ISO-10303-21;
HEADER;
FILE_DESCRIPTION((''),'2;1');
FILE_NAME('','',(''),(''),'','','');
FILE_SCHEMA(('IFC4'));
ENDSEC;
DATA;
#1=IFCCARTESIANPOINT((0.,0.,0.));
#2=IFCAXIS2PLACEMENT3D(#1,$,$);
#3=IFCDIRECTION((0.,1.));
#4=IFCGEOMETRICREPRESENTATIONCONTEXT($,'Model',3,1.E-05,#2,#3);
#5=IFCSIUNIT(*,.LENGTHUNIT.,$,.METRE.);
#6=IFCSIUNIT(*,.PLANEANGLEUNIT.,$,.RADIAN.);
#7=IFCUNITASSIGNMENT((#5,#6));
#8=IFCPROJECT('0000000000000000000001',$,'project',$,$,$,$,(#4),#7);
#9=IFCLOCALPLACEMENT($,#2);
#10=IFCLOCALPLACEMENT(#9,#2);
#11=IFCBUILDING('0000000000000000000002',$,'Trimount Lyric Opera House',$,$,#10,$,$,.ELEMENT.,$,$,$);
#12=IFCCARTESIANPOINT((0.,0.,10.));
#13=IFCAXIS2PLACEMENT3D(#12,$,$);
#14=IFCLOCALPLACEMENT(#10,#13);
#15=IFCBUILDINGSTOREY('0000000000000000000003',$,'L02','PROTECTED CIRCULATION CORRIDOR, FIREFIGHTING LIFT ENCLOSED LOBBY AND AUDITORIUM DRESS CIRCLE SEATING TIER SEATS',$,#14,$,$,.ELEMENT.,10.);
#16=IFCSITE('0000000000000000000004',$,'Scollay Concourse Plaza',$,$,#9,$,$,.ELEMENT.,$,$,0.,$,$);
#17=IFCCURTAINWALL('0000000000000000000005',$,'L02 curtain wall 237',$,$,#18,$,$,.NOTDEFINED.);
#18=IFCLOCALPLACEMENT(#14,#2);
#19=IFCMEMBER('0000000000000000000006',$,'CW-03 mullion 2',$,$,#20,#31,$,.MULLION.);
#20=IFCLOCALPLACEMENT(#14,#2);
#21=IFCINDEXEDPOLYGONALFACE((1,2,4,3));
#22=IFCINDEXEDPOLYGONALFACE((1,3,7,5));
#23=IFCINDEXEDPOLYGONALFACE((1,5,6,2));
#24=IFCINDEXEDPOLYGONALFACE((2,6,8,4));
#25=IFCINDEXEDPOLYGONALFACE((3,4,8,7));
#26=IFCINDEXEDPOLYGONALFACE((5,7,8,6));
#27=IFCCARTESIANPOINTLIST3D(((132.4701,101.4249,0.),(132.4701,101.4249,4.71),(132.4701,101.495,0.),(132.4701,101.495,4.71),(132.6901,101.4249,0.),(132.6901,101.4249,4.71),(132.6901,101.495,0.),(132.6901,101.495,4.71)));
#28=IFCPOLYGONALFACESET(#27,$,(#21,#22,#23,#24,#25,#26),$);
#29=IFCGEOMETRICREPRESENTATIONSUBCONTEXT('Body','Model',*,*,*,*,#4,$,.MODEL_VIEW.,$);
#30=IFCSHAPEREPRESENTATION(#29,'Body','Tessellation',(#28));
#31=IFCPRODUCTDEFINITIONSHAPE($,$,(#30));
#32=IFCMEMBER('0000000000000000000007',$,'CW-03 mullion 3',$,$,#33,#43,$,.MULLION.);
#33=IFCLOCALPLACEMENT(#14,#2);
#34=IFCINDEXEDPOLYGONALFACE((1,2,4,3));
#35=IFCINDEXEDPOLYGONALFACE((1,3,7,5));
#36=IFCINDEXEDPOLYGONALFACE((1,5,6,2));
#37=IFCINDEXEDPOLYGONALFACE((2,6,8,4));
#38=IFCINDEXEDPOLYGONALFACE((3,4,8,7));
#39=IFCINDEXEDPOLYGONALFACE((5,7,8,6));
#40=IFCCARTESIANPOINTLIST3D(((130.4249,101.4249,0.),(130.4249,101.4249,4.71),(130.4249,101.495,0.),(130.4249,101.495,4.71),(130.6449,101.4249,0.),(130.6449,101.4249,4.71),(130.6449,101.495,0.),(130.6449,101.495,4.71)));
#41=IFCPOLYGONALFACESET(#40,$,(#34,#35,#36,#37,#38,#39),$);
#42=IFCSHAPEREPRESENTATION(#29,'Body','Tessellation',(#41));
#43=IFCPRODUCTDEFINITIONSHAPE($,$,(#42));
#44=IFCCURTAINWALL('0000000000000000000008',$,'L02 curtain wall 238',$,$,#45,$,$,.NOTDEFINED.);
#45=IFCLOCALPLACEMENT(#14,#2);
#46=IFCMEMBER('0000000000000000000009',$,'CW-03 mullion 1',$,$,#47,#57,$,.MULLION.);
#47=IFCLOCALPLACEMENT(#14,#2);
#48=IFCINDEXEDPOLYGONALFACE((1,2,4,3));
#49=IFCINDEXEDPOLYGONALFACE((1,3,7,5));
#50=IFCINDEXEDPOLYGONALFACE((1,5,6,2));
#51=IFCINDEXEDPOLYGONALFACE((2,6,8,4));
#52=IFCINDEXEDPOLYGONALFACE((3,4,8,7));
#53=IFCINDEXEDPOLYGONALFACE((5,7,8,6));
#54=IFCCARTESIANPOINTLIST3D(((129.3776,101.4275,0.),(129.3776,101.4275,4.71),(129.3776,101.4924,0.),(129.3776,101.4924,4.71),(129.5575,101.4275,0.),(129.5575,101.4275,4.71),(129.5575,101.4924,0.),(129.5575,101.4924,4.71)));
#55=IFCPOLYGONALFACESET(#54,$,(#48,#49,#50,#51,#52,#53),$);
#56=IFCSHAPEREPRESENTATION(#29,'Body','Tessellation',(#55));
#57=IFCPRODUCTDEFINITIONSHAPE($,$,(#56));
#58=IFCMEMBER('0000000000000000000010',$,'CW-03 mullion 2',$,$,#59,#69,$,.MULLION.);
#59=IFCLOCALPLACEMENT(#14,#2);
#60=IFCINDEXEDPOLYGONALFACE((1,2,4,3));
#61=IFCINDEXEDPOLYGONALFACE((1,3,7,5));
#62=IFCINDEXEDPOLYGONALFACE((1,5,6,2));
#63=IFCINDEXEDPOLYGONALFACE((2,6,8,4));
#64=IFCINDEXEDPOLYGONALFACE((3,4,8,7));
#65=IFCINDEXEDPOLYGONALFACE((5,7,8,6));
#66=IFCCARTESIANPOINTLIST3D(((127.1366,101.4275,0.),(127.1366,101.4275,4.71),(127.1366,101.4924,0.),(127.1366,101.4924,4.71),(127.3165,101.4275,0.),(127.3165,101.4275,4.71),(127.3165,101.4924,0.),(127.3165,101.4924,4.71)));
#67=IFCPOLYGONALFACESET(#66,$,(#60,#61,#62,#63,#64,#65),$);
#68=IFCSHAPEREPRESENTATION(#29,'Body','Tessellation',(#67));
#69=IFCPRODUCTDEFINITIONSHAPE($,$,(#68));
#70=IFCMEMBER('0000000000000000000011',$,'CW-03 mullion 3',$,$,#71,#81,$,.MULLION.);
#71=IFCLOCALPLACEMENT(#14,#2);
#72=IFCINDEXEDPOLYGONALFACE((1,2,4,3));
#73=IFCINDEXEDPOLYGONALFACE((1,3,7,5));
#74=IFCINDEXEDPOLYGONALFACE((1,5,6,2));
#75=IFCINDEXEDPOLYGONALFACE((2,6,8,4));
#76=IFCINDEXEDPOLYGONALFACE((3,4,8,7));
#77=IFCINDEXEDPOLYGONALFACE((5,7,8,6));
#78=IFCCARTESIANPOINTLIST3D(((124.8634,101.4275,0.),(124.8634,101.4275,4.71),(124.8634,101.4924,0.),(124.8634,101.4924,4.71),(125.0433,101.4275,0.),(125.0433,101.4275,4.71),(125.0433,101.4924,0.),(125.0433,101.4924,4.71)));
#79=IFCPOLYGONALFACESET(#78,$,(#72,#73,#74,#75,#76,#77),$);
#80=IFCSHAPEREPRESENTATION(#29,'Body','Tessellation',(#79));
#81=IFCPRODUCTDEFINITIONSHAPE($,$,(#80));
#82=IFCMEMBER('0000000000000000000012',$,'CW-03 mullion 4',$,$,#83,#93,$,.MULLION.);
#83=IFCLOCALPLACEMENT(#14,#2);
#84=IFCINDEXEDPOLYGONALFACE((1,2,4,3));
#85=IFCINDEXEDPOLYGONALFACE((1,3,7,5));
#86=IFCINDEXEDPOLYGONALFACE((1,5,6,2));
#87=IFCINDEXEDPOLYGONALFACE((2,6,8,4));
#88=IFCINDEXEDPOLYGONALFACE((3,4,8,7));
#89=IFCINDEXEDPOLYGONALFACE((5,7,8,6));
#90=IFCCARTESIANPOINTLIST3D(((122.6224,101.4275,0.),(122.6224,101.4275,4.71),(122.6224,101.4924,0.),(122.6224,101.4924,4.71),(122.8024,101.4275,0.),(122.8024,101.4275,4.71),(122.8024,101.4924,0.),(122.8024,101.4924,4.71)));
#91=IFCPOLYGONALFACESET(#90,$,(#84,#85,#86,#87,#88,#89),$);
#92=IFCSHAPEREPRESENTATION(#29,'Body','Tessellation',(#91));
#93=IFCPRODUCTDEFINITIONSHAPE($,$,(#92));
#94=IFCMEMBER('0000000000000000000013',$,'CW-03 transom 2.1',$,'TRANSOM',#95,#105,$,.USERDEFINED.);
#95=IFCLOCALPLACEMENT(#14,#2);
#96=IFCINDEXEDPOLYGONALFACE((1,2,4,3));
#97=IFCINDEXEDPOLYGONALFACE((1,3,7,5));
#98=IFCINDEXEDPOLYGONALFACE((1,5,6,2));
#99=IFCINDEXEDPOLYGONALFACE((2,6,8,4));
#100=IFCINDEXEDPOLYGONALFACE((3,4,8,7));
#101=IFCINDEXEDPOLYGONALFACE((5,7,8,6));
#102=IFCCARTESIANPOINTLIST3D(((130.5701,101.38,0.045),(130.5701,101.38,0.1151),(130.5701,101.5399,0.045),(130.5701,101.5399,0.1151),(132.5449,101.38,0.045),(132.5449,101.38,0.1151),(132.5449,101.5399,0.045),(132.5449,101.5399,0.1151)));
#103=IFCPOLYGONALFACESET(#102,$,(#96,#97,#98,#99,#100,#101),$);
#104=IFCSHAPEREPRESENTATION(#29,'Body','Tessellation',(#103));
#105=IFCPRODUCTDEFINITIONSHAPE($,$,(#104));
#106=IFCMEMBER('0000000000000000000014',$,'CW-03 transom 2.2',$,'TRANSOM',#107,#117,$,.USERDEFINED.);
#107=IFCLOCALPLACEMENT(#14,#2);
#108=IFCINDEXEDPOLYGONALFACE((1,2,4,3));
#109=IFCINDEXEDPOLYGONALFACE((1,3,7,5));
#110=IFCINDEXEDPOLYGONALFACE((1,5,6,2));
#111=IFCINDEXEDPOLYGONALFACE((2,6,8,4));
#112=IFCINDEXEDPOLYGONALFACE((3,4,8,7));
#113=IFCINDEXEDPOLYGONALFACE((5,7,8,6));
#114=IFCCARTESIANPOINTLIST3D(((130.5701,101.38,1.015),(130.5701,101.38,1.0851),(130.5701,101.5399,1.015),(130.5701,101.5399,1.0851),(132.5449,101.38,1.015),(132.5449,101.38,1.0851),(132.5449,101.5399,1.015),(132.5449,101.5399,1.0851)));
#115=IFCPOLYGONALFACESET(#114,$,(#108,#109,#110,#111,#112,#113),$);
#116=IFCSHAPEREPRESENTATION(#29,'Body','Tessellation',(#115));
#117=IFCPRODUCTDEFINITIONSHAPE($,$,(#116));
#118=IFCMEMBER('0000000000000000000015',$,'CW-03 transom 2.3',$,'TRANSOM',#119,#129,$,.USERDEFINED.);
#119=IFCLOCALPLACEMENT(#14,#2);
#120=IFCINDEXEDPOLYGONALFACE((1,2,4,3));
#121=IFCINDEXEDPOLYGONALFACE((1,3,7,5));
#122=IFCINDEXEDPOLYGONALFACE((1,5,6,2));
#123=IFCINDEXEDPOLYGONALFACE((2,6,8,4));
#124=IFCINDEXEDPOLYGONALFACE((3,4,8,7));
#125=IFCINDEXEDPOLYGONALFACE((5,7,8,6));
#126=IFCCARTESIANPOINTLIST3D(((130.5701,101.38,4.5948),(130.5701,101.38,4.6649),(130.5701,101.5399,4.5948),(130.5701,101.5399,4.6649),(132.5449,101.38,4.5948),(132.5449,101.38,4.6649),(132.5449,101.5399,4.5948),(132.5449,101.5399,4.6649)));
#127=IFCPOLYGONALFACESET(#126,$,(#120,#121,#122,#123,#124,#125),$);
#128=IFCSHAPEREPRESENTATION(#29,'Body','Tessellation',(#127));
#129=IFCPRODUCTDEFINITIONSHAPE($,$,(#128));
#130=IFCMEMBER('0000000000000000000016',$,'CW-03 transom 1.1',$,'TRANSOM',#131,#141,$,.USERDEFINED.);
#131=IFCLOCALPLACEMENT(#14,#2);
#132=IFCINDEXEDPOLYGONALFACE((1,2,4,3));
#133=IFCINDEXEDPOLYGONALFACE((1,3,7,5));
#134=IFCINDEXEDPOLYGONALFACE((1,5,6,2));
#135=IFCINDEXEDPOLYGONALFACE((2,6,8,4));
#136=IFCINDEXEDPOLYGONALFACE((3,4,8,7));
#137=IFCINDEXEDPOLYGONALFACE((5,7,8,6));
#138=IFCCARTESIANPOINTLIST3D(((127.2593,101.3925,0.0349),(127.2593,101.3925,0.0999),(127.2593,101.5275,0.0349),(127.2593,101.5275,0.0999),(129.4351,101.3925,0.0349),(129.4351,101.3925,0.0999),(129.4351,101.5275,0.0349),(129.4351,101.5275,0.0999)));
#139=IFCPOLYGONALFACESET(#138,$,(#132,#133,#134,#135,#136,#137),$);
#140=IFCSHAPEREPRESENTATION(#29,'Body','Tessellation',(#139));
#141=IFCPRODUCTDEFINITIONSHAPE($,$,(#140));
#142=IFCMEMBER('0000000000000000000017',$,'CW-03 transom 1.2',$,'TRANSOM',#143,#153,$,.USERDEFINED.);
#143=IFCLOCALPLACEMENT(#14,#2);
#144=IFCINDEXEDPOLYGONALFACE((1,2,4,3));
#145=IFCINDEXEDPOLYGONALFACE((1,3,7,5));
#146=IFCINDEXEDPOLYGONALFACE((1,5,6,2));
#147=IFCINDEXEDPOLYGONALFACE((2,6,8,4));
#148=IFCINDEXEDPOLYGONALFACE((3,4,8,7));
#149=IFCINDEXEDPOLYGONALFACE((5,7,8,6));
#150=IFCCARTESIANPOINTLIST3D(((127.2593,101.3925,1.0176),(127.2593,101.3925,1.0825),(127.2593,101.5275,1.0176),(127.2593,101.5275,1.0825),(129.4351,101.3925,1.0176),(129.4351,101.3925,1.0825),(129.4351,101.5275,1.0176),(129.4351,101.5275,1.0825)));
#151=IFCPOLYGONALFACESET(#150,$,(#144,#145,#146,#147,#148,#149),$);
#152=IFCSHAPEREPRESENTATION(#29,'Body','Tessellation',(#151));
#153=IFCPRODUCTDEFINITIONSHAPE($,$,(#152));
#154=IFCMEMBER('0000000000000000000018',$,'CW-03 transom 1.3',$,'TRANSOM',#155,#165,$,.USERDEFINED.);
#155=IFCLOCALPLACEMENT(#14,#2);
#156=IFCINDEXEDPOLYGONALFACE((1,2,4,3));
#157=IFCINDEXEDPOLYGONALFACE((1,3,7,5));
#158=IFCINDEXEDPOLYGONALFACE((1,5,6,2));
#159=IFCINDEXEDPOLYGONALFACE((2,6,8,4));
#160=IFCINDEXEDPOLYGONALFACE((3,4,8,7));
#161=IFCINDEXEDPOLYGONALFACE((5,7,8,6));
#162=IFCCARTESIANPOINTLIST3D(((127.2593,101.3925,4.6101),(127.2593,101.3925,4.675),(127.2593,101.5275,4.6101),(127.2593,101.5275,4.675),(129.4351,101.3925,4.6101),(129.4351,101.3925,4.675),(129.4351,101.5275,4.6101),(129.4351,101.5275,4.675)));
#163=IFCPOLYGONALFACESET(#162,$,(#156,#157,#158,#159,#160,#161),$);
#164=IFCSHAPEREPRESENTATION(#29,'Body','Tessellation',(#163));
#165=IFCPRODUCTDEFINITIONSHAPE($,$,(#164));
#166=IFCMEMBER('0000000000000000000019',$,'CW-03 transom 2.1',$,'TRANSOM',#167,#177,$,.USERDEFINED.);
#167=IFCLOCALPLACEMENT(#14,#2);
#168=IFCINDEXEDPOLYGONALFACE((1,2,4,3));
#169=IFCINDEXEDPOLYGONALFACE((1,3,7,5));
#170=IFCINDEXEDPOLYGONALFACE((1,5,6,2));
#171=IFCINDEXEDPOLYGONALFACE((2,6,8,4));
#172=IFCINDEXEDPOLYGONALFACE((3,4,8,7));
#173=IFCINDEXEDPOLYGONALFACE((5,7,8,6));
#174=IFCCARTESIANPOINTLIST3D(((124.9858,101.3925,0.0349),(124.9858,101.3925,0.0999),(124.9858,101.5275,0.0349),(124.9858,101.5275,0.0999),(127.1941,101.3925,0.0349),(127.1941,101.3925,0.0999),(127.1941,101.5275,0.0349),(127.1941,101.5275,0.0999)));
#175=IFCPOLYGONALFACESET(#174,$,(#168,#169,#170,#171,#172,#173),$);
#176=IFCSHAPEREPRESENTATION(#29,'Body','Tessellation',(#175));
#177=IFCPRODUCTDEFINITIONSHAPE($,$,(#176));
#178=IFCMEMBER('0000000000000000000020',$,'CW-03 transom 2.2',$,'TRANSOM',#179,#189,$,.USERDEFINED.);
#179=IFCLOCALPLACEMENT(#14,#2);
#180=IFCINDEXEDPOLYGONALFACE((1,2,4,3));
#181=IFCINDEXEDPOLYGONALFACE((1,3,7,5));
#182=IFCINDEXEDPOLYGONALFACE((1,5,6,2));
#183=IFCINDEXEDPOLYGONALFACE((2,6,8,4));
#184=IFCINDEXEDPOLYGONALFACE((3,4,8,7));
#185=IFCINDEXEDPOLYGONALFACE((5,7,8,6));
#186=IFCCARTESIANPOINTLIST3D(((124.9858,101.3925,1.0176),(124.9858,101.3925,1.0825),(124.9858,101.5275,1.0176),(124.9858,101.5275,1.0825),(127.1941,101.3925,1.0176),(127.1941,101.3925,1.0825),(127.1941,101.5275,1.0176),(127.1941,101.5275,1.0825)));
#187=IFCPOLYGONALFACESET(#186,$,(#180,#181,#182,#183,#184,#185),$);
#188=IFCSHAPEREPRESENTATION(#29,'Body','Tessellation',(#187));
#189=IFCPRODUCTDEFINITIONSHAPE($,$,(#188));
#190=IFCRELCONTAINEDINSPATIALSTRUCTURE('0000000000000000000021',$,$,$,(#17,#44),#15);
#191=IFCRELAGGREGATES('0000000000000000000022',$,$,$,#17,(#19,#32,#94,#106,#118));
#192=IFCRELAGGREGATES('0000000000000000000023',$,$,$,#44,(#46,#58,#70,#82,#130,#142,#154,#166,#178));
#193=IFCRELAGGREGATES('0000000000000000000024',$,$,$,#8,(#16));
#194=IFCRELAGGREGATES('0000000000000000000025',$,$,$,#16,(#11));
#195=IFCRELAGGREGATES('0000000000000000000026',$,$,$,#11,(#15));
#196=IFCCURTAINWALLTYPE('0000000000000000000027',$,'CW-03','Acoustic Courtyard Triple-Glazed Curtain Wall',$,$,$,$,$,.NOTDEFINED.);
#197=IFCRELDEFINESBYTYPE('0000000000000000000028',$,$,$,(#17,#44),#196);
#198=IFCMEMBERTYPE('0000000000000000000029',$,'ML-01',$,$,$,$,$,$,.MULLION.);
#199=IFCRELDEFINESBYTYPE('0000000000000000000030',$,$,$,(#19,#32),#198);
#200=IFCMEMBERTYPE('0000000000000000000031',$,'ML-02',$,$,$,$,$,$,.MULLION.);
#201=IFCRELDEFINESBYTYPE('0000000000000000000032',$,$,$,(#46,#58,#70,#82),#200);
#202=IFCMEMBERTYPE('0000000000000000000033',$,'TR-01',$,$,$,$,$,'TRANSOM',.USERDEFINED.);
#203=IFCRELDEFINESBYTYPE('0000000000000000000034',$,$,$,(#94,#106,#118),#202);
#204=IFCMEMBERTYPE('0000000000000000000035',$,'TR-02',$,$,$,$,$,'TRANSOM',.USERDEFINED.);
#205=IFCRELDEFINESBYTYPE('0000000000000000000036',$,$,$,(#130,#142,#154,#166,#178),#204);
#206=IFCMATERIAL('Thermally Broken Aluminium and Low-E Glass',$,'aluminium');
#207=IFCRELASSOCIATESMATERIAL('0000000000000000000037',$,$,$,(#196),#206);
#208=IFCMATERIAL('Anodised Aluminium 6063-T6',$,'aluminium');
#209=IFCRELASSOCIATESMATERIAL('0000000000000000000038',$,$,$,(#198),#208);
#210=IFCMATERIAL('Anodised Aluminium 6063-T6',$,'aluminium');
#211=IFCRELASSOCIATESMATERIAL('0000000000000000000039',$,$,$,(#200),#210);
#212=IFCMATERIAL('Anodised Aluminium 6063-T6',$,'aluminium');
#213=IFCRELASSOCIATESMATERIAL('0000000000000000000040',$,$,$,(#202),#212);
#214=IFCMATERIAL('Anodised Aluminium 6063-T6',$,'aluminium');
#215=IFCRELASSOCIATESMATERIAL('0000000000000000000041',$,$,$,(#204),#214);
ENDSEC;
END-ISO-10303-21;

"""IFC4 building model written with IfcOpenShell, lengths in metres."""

from ifc_helpers import new_model, si_unit, direction, frame, origin, origin_2d, place, context, subcontext, project, spatial, rectangle, extrude, material, material_profile, profile_set, type_object, element, aggregate, save


model = new_model("IFC4")

# Units and contexts
model_context = context("Model", 3, precision=1e-05, world=origin(), true_north=direction((0.0, 1.0)))
body_context = subcontext(model_context, "Body", "Model", "MODEL_VIEW")
ifc_project = project(units=[si_unit("LENGTHUNIT", "METRE"), si_unit("PLANEANGLEUNIT", "RADIAN")], contexts=[model_context])

# Site, building, storey
site_placement = place(None, origin())
site = spatial("IfcSite", under=ifc_project, at=site_placement, Name="Scollay Concourse Plaza", CompositionType="ELEMENT", RefElevation=0.0)
building_placement = place(site_placement, origin())
building = spatial("IfcBuilding", under=site, at=building_placement, Name="Trimount Lyric Opera House", CompositionType="ELEMENT")
storey_placement = place(building_placement, frame((0.0, 0.0, 10.0)))
storey = spatial("IfcBuildingStorey", under=building, at=storey_placement, Name="L02", Description="PROTECTED CIRCULATION CORRIDOR, FIREFIGHTING LIFT ENCLOSED LOBBY AND AUDITORIUM DRESS CIRCLE SEATING TIER SEATS", CompositionType="ELEMENT", Elevation=10.0)

# Curtain walls, members
ifc_material_1 = material(Name="Thermally Broken Aluminium and Low-E Glass", Category="aluminium")
curtain_wall_type = type_object("IfcCurtainWallType", Name="CW-03", Description="Acoustic Courtyard Triple-Glazed Curtain Wall", PredefinedType="NOTDEFINED", material=ifc_material_1)
curtain_wall_1_placement = place(storey_placement, origin())
curtain_wall_1 = element("IfcCurtainWall", 1, at=curtain_wall_1_placement, inside=storey, type_object=curtain_wall_type, Name="L02 curtain wall 237", PredefinedType="NOTDEFINED")
ifc_material_2 = material(Name="Anodised Aluminium 6063-T6", Category="aluminium")
ifc_material_profile_1 = material_profile(ifc_material_2, rectangle(XDim=0.0701, YDim=0.22, at=origin_2d()), Name="ALU-MULL-70X220")
ifc_profile_set_1 = profile_set([ifc_material_profile_1], Name="Anodised Aluminium 6063-T6")
member_type_1 = type_object("IfcMemberType", Name="ML-01", PredefinedType="MULLION", material=ifc_profile_set_1)
member_1_placement = place(storey_placement, frame((132.5801, 101.46, 0.0), z_axis=(0.0, 0.0, 1.0), x_axis=(0.0, -1.0, 0.0)))
member_1 = element("IfcMember", 2, at=member_1_placement, type_object=member_type_1, Name="CW-03 mullion 2", PredefinedType="MULLION", context=body_context, shape_type="SweptSolid", body=[
    extrude(rectangle(XDim=0.0701, YDim=0.22, at=origin_2d()), origin(), (0.0, 0.0, 1.0), 4.71),
])
member_2_placement = place(storey_placement, frame((130.5349, 101.46, 0.0), z_axis=(0.0, 0.0, 1.0), x_axis=(0.0, -1.0, 0.0)))
member_2 = element("IfcMember", 3, at=member_2_placement, type_object=member_type_1, Name="CW-03 mullion 3", PredefinedType="MULLION", context=body_context, shape_type="SweptSolid", body=[
    extrude(rectangle(XDim=0.0701, YDim=0.22, at=origin_2d()), origin(), (0.0, 0.0, 1.0), 4.71),
])
curtain_wall_2_placement = place(storey_placement, origin())
curtain_wall_2 = element("IfcCurtainWall", 4, at=curtain_wall_2_placement, inside=storey, type_object=curtain_wall_type, Name="L02 curtain wall 238", PredefinedType="NOTDEFINED")
ifc_material_3 = material(Name="Anodised Aluminium 6063-T6", Category="aluminium")
ifc_material_profile_2 = material_profile(ifc_material_3, rectangle(XDim=0.0649, YDim=0.1799, at=origin_2d()), Name="ALU-MULL-65X180")
ifc_profile_set_2 = profile_set([ifc_material_profile_2], Name="Anodised Aluminium 6063-T6")
member_type_2 = type_object("IfcMemberType", Name="ML-02", PredefinedType="MULLION", material=ifc_profile_set_2)
member_3_placement = place(storey_placement, frame((129.4675, 101.46, 0.0), z_axis=(0.0, 0.0, 1.0), x_axis=(0.0, -1.0, 0.0)))
member_3 = element("IfcMember", 5, at=member_3_placement, type_object=member_type_2, Name="CW-03 mullion 1", PredefinedType="MULLION", context=body_context, shape_type="SweptSolid", body=[
    extrude(rectangle(XDim=0.0649, YDim=0.1799, at=origin_2d()), origin(), (0.0, 0.0, 1.0), 4.71),
])
member_4_placement = place(storey_placement, frame((127.2266, 101.46, 0.0), z_axis=(0.0, 0.0, 1.0), x_axis=(0.0, -1.0, 0.0)))
member_4 = element("IfcMember", 6, at=member_4_placement, type_object=member_type_2, Name="CW-03 mullion 2", PredefinedType="MULLION", context=body_context, shape_type="SweptSolid", body=[
    extrude(rectangle(XDim=0.0649, YDim=0.1799, at=origin_2d()), origin(), (0.0, 0.0, 1.0), 4.71),
])
member_5_placement = place(storey_placement, frame((124.9534, 101.46, 0.0), z_axis=(0.0, 0.0, 1.0), x_axis=(0.0, -1.0, 0.0)))
member_5 = element("IfcMember", 7, at=member_5_placement, type_object=member_type_2, Name="CW-03 mullion 3", PredefinedType="MULLION", context=body_context, shape_type="SweptSolid", body=[
    extrude(rectangle(XDim=0.0649, YDim=0.1799, at=origin_2d()), origin(), (0.0, 0.0, 1.0), 4.71),
])
member_6_placement = place(storey_placement, frame((122.7124, 101.46, 0.0), z_axis=(0.0, 0.0, 1.0), x_axis=(0.0, -1.0, 0.0)))
member_6 = element("IfcMember", 8, at=member_6_placement, type_object=member_type_2, Name="CW-03 mullion 4", PredefinedType="MULLION", context=body_context, shape_type="SweptSolid", body=[
    extrude(rectangle(XDim=0.0649, YDim=0.1799, at=origin_2d()), origin(), (0.0, 0.0, 1.0), 4.71),
])

# Members
ifc_material_4 = material(Name="Anodised Aluminium 6063-T6", Category="aluminium")
ifc_material_profile_3 = material_profile(ifc_material_4, rectangle(XDim=0.1599, YDim=0.0701, at=origin_2d()), Name="ALU-TRAN-70X160")
ifc_profile_set_3 = profile_set([ifc_material_profile_3], Name="Anodised Aluminium 6063-T6")
member_type_3 = type_object("IfcMemberType", Name="TR-01", ElementType="TRANSOM", PredefinedType="USERDEFINED", material=ifc_profile_set_3)
member_7_placement = place(storey_placement, frame((132.5449, 101.46, 0.0801), z_axis=(-1.0, 0.0, 0.0), x_axis=(0.0, -1.0, 0.0)))
member_7 = element("IfcMember", 9, at=member_7_placement, type_object=member_type_3, Name="CW-03 transom 2.1", ObjectType="TRANSOM", PredefinedType="USERDEFINED", context=body_context, shape_type="SweptSolid", body=[
    extrude(rectangle(XDim=0.1599, YDim=0.0701, at=origin_2d()), origin(), (0.0, 0.0, 1.0), 1.9749),
])
member_8_placement = place(storey_placement, frame((132.5449, 101.46, 1.05), z_axis=(-1.0, 0.0, 0.0), x_axis=(0.0, -1.0, 0.0)))
member_8 = element("IfcMember", 10, at=member_8_placement, type_object=member_type_3, Name="CW-03 transom 2.2", ObjectType="TRANSOM", PredefinedType="USERDEFINED", context=body_context, shape_type="SweptSolid", body=[
    extrude(rectangle(XDim=0.1599, YDim=0.0701, at=origin_2d()), origin(), (0.0, 0.0, 1.0), 1.9749),
])
member_9_placement = place(storey_placement, frame((132.5449, 101.46, 4.6299), z_axis=(-1.0, 0.0, 0.0), x_axis=(0.0, -1.0, 0.0)))
member_9 = element("IfcMember", 11, at=member_9_placement, type_object=member_type_3, Name="CW-03 transom 2.3", ObjectType="TRANSOM", PredefinedType="USERDEFINED", context=body_context, shape_type="SweptSolid", body=[
    extrude(rectangle(XDim=0.1599, YDim=0.0701, at=origin_2d()), origin(), (0.0, 0.0, 1.0), 1.9749),
])
ifc_material_5 = material(Name="Anodised Aluminium 6063-T6", Category="aluminium")
ifc_material_profile_4 = material_profile(ifc_material_5, rectangle(XDim=0.135, YDim=0.0649, at=origin_2d()), Name="ALU-TRAN-65X135")
ifc_profile_set_4 = profile_set([ifc_material_profile_4], Name="Anodised Aluminium 6063-T6")
member_type_4 = type_object("IfcMemberType", Name="TR-02", ElementType="TRANSOM", PredefinedType="USERDEFINED", material=ifc_profile_set_4)
member_10_placement = place(storey_placement, frame((129.4351, 101.46, 0.0674), z_axis=(-1.0, 0.0, 0.0), x_axis=(0.0, -1.0, 0.0)))
member_10 = element("IfcMember", 12, at=member_10_placement, type_object=member_type_4, Name="CW-03 transom 1.1", ObjectType="TRANSOM", PredefinedType="USERDEFINED", context=body_context, shape_type="SweptSolid", body=[
    extrude(rectangle(XDim=0.135, YDim=0.0649, at=origin_2d()), origin(), (0.0, 0.0, 1.0), 2.1758),
])
member_11_placement = place(storey_placement, frame((129.4351, 101.46, 1.05), z_axis=(-1.0, 0.0, 0.0), x_axis=(0.0, -1.0, 0.0)))
member_11 = element("IfcMember", 13, at=member_11_placement, type_object=member_type_4, Name="CW-03 transom 1.2", ObjectType="TRANSOM", PredefinedType="USERDEFINED", context=body_context, shape_type="SweptSolid", body=[
    extrude(rectangle(XDim=0.135, YDim=0.0649, at=origin_2d()), origin(), (0.0, 0.0, 1.0), 2.1758),
])
member_12_placement = place(storey_placement, frame((129.4351, 101.46, 4.6426), z_axis=(-1.0, 0.0, 0.0), x_axis=(0.0, -1.0, 0.0)))
member_12 = element("IfcMember", 14, at=member_12_placement, type_object=member_type_4, Name="CW-03 transom 1.3", ObjectType="TRANSOM", PredefinedType="USERDEFINED", context=body_context, shape_type="SweptSolid", body=[
    extrude(rectangle(XDim=0.135, YDim=0.0649, at=origin_2d()), origin(), (0.0, 0.0, 1.0), 2.1758),
])
member_13_placement = place(storey_placement, frame((127.1941, 101.46, 0.0674), z_axis=(-1.0, 0.0, 0.0), x_axis=(0.0, -1.0, 0.0)))
member_13 = element("IfcMember", 15, at=member_13_placement, type_object=member_type_4, Name="CW-03 transom 2.1", ObjectType="TRANSOM", PredefinedType="USERDEFINED", context=body_context, shape_type="SweptSolid", body=[
    extrude(rectangle(XDim=0.135, YDim=0.0649, at=origin_2d()), origin(), (0.0, 0.0, 1.0), 2.2083),
])
member_14_placement = place(storey_placement, frame((127.1941, 101.46, 1.05), z_axis=(-1.0, 0.0, 0.0), x_axis=(0.0, -1.0, 0.0)))
member_14 = element("IfcMember", 16, at=member_14_placement, type_object=member_type_4, Name="CW-03 transom 2.2", ObjectType="TRANSOM", PredefinedType="USERDEFINED", context=body_context, shape_type="SweptSolid", body=[
    extrude(rectangle(XDim=0.135, YDim=0.0649, at=origin_2d()), origin(), (0.0, 0.0, 1.0), 2.2083),
])

aggregate(curtain_wall_1, [member_1, member_2, member_7, member_8, member_9])
aggregate(curtain_wall_2, [member_3, member_4, member_5, member_6, member_10, member_11, member_12, member_13, member_14])

save(model, "model.ifc")
